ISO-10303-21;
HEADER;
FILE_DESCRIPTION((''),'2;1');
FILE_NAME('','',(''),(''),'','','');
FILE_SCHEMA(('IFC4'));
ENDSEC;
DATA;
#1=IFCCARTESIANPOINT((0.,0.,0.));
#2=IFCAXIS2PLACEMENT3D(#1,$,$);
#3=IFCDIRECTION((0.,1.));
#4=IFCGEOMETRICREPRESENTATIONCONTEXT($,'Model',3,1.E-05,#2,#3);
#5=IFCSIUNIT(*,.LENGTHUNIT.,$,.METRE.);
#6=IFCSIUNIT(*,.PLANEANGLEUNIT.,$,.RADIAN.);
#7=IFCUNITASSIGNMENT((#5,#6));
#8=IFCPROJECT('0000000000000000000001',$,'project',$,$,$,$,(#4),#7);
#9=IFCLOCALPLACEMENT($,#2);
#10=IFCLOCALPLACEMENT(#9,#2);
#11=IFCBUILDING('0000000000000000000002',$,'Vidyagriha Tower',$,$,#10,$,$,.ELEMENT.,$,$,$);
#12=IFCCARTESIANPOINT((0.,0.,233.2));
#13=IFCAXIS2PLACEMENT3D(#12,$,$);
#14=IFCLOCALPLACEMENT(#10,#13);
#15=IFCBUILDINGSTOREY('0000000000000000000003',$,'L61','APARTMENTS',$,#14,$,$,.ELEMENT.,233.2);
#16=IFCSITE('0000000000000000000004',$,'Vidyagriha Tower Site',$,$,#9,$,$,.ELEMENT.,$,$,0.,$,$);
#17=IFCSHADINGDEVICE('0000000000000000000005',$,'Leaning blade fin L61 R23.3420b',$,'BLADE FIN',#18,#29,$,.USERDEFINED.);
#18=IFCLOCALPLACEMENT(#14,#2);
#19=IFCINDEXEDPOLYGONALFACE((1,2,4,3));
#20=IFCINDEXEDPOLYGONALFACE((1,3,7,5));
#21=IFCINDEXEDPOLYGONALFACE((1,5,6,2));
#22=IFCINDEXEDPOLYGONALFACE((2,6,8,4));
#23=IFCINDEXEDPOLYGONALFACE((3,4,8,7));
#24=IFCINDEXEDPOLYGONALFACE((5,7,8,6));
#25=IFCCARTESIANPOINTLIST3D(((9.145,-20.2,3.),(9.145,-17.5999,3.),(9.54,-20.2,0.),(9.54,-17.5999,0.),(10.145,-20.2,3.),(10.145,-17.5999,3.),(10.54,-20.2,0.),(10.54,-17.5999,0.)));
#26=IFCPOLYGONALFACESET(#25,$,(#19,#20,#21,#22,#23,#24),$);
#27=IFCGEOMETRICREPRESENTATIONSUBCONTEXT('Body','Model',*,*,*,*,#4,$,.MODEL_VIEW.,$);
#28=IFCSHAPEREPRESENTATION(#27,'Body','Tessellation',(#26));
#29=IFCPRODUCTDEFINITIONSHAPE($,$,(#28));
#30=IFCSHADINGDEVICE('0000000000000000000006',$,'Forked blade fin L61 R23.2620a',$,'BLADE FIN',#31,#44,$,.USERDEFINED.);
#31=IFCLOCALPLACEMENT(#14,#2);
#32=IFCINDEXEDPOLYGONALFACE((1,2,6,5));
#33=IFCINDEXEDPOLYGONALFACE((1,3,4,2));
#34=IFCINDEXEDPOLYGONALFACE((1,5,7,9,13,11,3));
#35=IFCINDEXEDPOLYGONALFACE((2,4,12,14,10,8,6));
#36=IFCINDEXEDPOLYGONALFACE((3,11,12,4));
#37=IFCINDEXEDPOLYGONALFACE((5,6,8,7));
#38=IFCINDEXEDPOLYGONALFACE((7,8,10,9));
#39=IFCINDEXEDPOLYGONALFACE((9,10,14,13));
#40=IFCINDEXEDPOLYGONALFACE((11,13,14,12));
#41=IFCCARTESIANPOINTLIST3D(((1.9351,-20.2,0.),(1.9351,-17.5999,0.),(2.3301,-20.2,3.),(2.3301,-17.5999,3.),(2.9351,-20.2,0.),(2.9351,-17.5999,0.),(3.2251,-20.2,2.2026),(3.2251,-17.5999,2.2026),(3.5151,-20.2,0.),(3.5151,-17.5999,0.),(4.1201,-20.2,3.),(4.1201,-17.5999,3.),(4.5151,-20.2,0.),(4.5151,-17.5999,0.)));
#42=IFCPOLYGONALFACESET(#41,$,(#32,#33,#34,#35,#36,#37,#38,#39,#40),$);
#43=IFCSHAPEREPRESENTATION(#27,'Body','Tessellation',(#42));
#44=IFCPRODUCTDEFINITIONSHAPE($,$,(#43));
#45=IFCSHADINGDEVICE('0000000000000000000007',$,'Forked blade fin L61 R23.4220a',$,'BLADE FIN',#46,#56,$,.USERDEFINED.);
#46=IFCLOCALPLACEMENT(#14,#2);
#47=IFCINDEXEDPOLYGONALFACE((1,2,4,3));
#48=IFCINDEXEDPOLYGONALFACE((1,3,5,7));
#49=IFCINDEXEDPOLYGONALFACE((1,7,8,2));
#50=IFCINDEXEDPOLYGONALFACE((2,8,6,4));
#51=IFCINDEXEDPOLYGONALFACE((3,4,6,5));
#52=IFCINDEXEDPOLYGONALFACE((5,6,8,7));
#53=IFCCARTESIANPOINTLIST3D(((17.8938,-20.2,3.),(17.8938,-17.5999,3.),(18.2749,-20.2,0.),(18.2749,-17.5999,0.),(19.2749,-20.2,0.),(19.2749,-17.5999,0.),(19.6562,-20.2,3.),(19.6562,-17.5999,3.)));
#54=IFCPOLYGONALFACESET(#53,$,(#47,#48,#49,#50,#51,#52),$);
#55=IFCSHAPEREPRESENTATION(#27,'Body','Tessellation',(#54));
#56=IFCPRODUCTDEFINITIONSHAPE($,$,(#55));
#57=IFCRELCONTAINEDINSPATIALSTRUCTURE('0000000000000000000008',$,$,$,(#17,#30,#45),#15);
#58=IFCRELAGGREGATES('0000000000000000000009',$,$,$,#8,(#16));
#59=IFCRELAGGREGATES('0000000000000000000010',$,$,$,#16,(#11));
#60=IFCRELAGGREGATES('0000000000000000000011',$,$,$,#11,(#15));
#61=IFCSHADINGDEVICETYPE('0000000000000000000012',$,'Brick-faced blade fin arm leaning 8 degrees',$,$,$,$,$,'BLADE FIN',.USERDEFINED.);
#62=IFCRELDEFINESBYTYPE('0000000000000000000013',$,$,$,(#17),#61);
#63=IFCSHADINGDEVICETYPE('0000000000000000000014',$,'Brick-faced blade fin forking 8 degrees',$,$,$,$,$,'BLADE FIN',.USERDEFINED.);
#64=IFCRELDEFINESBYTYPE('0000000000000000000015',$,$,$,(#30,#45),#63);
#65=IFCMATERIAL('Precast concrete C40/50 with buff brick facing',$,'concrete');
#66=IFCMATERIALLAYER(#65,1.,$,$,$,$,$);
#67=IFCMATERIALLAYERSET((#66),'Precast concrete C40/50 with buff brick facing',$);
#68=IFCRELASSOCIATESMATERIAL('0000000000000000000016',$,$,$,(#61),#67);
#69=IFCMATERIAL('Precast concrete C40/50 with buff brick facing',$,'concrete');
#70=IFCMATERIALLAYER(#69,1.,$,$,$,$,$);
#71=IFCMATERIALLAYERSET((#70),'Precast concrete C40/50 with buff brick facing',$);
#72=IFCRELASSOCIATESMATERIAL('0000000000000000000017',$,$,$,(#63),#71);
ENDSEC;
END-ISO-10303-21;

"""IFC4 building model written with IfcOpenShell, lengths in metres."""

from ifc_helpers import new_model, si_unit, direction, frame, origin, place, context, subcontext, project, spatial, polyline, outline, extrude, material, layer, layer_set, type_object, element, save


model = new_model("IFC4")

# Units and contexts
model_context = context("Model", 3, precision=1e-05, world=origin(), true_north=direction((0.0, 1.0)))
body_context = subcontext(model_context, "Body", "Model", "MODEL_VIEW")
ifc_project = project(units=[si_unit("LENGTHUNIT", "METRE"), si_unit("PLANEANGLEUNIT", "RADIAN")], contexts=[model_context])

# Site, building, storey
site_placement = place(None, origin())
site = spatial("IfcSite", under=ifc_project, at=site_placement, Name="Vidyagriha Tower Site", CompositionType="ELEMENT", RefElevation=0.0)
building_placement = place(site_placement, origin())
building = spatial("IfcBuilding", under=site, at=building_placement, Name="Vidyagriha Tower", CompositionType="ELEMENT")
storey_placement = place(building_placement, frame((0.0, 0.0, 233.2)))
storey = spatial("IfcBuildingStorey", under=building, at=storey_placement, Name="L61", Description="APARTMENTS", CompositionType="ELEMENT", Elevation=233.2)

# Shading devices
ifc_material_1 = material(Name="Precast concrete C40/50 with buff brick facing", Category="concrete")
ifc_layer_1 = layer(ifc_material_1, 1.0)
ifc_layer_set_1 = layer_set([ifc_layer_1], Name="Precast concrete C40/50 with buff brick facing")
shading_device_type_1 = type_object("IfcShadingDeviceType", Name="Brick-faced blade fin arm leaning 8 degrees", ElementType="BLADE FIN", PredefinedType="USERDEFINED", material=ifc_layer_set_1)
shading_device_1_placement = place(storey_placement, frame((9.145, -18.8999, 0.0)))
element("IfcShadingDevice", 1, at=shading_device_1_placement, inside=storey, type_object=shading_device_type_1, Name="Leaning blade fin L61 R23.3420b", ObjectType="BLADE FIN", PredefinedType="USERDEFINED", context=body_context, shape_type="SweptSolid", body=[
    extrude(outline(polyline([(0.395, 0.0), (1.395, 0.0), (1.0, 3.0), (0.0, 3.0), (0.395, 0.0)])), frame((0.0, 1.3, 0.0), z_axis=(0.0, -1.0, 0.0), x_axis=(1.0, 0.0, 0.0)), (0.0, 0.0, 1.0), 2.6001),
])
ifc_material_2 = material(Name="Precast concrete C40/50 with buff brick facing", Category="concrete")
ifc_layer_2 = layer(ifc_material_2, 1.0)
ifc_layer_set_2 = layer_set([ifc_layer_2], Name="Precast concrete C40/50 with buff brick facing")
shading_device_type_2 = type_object("IfcShadingDeviceType", Name="Brick-faced blade fin forking 8 degrees", ElementType="BLADE FIN", PredefinedType="USERDEFINED", material=ifc_layer_set_2)
shading_device_2_placement = place(storey_placement, frame((1.9351, -18.8999, 0.0)))
element("IfcShadingDevice", 2, at=shading_device_2_placement, inside=storey, type_object=shading_device_type_2, Name="Forked blade fin L61 R23.2620a", ObjectType="BLADE FIN", PredefinedType="USERDEFINED", context=body_context, shape_type="SweptSolid", body=[
    extrude(outline(polyline([(1.0, 0.0), (1.29, 2.2026), (1.5801, 0.0), (2.5801, 0.0), (2.1851, 3.0), (0.395, 3.0), (0.0, 0.0), (1.0, 0.0)])), frame((0.0, 1.3, 0.0), z_axis=(0.0, -1.0, 0.0), x_axis=(1.0, 0.0, 0.0)), (0.0, 0.0, 1.0), 2.6001),
])
shading_device_3_placement = place(storey_placement, frame((17.8938, -18.8999, 0.0)))
element("IfcShadingDevice", 3, at=shading_device_3_placement, inside=storey, type_object=shading_device_type_2, Name="Forked blade fin L61 R23.4220a", ObjectType="BLADE FIN", PredefinedType="USERDEFINED", context=body_context, shape_type="SweptSolid", body=[
    extrude(outline(polyline([(0.3811, 0.0), (1.3811, 0.0), (1.7625, 3.0), (0.0, 3.0), (0.3811, 0.0)])), frame((0.0, 1.3, 0.0), z_axis=(0.0, -1.0, 0.0), x_axis=(1.0, 0.0, 0.0)), (0.0, 0.0, 1.0), 2.6001),
])

save(model, "model.ifc")
